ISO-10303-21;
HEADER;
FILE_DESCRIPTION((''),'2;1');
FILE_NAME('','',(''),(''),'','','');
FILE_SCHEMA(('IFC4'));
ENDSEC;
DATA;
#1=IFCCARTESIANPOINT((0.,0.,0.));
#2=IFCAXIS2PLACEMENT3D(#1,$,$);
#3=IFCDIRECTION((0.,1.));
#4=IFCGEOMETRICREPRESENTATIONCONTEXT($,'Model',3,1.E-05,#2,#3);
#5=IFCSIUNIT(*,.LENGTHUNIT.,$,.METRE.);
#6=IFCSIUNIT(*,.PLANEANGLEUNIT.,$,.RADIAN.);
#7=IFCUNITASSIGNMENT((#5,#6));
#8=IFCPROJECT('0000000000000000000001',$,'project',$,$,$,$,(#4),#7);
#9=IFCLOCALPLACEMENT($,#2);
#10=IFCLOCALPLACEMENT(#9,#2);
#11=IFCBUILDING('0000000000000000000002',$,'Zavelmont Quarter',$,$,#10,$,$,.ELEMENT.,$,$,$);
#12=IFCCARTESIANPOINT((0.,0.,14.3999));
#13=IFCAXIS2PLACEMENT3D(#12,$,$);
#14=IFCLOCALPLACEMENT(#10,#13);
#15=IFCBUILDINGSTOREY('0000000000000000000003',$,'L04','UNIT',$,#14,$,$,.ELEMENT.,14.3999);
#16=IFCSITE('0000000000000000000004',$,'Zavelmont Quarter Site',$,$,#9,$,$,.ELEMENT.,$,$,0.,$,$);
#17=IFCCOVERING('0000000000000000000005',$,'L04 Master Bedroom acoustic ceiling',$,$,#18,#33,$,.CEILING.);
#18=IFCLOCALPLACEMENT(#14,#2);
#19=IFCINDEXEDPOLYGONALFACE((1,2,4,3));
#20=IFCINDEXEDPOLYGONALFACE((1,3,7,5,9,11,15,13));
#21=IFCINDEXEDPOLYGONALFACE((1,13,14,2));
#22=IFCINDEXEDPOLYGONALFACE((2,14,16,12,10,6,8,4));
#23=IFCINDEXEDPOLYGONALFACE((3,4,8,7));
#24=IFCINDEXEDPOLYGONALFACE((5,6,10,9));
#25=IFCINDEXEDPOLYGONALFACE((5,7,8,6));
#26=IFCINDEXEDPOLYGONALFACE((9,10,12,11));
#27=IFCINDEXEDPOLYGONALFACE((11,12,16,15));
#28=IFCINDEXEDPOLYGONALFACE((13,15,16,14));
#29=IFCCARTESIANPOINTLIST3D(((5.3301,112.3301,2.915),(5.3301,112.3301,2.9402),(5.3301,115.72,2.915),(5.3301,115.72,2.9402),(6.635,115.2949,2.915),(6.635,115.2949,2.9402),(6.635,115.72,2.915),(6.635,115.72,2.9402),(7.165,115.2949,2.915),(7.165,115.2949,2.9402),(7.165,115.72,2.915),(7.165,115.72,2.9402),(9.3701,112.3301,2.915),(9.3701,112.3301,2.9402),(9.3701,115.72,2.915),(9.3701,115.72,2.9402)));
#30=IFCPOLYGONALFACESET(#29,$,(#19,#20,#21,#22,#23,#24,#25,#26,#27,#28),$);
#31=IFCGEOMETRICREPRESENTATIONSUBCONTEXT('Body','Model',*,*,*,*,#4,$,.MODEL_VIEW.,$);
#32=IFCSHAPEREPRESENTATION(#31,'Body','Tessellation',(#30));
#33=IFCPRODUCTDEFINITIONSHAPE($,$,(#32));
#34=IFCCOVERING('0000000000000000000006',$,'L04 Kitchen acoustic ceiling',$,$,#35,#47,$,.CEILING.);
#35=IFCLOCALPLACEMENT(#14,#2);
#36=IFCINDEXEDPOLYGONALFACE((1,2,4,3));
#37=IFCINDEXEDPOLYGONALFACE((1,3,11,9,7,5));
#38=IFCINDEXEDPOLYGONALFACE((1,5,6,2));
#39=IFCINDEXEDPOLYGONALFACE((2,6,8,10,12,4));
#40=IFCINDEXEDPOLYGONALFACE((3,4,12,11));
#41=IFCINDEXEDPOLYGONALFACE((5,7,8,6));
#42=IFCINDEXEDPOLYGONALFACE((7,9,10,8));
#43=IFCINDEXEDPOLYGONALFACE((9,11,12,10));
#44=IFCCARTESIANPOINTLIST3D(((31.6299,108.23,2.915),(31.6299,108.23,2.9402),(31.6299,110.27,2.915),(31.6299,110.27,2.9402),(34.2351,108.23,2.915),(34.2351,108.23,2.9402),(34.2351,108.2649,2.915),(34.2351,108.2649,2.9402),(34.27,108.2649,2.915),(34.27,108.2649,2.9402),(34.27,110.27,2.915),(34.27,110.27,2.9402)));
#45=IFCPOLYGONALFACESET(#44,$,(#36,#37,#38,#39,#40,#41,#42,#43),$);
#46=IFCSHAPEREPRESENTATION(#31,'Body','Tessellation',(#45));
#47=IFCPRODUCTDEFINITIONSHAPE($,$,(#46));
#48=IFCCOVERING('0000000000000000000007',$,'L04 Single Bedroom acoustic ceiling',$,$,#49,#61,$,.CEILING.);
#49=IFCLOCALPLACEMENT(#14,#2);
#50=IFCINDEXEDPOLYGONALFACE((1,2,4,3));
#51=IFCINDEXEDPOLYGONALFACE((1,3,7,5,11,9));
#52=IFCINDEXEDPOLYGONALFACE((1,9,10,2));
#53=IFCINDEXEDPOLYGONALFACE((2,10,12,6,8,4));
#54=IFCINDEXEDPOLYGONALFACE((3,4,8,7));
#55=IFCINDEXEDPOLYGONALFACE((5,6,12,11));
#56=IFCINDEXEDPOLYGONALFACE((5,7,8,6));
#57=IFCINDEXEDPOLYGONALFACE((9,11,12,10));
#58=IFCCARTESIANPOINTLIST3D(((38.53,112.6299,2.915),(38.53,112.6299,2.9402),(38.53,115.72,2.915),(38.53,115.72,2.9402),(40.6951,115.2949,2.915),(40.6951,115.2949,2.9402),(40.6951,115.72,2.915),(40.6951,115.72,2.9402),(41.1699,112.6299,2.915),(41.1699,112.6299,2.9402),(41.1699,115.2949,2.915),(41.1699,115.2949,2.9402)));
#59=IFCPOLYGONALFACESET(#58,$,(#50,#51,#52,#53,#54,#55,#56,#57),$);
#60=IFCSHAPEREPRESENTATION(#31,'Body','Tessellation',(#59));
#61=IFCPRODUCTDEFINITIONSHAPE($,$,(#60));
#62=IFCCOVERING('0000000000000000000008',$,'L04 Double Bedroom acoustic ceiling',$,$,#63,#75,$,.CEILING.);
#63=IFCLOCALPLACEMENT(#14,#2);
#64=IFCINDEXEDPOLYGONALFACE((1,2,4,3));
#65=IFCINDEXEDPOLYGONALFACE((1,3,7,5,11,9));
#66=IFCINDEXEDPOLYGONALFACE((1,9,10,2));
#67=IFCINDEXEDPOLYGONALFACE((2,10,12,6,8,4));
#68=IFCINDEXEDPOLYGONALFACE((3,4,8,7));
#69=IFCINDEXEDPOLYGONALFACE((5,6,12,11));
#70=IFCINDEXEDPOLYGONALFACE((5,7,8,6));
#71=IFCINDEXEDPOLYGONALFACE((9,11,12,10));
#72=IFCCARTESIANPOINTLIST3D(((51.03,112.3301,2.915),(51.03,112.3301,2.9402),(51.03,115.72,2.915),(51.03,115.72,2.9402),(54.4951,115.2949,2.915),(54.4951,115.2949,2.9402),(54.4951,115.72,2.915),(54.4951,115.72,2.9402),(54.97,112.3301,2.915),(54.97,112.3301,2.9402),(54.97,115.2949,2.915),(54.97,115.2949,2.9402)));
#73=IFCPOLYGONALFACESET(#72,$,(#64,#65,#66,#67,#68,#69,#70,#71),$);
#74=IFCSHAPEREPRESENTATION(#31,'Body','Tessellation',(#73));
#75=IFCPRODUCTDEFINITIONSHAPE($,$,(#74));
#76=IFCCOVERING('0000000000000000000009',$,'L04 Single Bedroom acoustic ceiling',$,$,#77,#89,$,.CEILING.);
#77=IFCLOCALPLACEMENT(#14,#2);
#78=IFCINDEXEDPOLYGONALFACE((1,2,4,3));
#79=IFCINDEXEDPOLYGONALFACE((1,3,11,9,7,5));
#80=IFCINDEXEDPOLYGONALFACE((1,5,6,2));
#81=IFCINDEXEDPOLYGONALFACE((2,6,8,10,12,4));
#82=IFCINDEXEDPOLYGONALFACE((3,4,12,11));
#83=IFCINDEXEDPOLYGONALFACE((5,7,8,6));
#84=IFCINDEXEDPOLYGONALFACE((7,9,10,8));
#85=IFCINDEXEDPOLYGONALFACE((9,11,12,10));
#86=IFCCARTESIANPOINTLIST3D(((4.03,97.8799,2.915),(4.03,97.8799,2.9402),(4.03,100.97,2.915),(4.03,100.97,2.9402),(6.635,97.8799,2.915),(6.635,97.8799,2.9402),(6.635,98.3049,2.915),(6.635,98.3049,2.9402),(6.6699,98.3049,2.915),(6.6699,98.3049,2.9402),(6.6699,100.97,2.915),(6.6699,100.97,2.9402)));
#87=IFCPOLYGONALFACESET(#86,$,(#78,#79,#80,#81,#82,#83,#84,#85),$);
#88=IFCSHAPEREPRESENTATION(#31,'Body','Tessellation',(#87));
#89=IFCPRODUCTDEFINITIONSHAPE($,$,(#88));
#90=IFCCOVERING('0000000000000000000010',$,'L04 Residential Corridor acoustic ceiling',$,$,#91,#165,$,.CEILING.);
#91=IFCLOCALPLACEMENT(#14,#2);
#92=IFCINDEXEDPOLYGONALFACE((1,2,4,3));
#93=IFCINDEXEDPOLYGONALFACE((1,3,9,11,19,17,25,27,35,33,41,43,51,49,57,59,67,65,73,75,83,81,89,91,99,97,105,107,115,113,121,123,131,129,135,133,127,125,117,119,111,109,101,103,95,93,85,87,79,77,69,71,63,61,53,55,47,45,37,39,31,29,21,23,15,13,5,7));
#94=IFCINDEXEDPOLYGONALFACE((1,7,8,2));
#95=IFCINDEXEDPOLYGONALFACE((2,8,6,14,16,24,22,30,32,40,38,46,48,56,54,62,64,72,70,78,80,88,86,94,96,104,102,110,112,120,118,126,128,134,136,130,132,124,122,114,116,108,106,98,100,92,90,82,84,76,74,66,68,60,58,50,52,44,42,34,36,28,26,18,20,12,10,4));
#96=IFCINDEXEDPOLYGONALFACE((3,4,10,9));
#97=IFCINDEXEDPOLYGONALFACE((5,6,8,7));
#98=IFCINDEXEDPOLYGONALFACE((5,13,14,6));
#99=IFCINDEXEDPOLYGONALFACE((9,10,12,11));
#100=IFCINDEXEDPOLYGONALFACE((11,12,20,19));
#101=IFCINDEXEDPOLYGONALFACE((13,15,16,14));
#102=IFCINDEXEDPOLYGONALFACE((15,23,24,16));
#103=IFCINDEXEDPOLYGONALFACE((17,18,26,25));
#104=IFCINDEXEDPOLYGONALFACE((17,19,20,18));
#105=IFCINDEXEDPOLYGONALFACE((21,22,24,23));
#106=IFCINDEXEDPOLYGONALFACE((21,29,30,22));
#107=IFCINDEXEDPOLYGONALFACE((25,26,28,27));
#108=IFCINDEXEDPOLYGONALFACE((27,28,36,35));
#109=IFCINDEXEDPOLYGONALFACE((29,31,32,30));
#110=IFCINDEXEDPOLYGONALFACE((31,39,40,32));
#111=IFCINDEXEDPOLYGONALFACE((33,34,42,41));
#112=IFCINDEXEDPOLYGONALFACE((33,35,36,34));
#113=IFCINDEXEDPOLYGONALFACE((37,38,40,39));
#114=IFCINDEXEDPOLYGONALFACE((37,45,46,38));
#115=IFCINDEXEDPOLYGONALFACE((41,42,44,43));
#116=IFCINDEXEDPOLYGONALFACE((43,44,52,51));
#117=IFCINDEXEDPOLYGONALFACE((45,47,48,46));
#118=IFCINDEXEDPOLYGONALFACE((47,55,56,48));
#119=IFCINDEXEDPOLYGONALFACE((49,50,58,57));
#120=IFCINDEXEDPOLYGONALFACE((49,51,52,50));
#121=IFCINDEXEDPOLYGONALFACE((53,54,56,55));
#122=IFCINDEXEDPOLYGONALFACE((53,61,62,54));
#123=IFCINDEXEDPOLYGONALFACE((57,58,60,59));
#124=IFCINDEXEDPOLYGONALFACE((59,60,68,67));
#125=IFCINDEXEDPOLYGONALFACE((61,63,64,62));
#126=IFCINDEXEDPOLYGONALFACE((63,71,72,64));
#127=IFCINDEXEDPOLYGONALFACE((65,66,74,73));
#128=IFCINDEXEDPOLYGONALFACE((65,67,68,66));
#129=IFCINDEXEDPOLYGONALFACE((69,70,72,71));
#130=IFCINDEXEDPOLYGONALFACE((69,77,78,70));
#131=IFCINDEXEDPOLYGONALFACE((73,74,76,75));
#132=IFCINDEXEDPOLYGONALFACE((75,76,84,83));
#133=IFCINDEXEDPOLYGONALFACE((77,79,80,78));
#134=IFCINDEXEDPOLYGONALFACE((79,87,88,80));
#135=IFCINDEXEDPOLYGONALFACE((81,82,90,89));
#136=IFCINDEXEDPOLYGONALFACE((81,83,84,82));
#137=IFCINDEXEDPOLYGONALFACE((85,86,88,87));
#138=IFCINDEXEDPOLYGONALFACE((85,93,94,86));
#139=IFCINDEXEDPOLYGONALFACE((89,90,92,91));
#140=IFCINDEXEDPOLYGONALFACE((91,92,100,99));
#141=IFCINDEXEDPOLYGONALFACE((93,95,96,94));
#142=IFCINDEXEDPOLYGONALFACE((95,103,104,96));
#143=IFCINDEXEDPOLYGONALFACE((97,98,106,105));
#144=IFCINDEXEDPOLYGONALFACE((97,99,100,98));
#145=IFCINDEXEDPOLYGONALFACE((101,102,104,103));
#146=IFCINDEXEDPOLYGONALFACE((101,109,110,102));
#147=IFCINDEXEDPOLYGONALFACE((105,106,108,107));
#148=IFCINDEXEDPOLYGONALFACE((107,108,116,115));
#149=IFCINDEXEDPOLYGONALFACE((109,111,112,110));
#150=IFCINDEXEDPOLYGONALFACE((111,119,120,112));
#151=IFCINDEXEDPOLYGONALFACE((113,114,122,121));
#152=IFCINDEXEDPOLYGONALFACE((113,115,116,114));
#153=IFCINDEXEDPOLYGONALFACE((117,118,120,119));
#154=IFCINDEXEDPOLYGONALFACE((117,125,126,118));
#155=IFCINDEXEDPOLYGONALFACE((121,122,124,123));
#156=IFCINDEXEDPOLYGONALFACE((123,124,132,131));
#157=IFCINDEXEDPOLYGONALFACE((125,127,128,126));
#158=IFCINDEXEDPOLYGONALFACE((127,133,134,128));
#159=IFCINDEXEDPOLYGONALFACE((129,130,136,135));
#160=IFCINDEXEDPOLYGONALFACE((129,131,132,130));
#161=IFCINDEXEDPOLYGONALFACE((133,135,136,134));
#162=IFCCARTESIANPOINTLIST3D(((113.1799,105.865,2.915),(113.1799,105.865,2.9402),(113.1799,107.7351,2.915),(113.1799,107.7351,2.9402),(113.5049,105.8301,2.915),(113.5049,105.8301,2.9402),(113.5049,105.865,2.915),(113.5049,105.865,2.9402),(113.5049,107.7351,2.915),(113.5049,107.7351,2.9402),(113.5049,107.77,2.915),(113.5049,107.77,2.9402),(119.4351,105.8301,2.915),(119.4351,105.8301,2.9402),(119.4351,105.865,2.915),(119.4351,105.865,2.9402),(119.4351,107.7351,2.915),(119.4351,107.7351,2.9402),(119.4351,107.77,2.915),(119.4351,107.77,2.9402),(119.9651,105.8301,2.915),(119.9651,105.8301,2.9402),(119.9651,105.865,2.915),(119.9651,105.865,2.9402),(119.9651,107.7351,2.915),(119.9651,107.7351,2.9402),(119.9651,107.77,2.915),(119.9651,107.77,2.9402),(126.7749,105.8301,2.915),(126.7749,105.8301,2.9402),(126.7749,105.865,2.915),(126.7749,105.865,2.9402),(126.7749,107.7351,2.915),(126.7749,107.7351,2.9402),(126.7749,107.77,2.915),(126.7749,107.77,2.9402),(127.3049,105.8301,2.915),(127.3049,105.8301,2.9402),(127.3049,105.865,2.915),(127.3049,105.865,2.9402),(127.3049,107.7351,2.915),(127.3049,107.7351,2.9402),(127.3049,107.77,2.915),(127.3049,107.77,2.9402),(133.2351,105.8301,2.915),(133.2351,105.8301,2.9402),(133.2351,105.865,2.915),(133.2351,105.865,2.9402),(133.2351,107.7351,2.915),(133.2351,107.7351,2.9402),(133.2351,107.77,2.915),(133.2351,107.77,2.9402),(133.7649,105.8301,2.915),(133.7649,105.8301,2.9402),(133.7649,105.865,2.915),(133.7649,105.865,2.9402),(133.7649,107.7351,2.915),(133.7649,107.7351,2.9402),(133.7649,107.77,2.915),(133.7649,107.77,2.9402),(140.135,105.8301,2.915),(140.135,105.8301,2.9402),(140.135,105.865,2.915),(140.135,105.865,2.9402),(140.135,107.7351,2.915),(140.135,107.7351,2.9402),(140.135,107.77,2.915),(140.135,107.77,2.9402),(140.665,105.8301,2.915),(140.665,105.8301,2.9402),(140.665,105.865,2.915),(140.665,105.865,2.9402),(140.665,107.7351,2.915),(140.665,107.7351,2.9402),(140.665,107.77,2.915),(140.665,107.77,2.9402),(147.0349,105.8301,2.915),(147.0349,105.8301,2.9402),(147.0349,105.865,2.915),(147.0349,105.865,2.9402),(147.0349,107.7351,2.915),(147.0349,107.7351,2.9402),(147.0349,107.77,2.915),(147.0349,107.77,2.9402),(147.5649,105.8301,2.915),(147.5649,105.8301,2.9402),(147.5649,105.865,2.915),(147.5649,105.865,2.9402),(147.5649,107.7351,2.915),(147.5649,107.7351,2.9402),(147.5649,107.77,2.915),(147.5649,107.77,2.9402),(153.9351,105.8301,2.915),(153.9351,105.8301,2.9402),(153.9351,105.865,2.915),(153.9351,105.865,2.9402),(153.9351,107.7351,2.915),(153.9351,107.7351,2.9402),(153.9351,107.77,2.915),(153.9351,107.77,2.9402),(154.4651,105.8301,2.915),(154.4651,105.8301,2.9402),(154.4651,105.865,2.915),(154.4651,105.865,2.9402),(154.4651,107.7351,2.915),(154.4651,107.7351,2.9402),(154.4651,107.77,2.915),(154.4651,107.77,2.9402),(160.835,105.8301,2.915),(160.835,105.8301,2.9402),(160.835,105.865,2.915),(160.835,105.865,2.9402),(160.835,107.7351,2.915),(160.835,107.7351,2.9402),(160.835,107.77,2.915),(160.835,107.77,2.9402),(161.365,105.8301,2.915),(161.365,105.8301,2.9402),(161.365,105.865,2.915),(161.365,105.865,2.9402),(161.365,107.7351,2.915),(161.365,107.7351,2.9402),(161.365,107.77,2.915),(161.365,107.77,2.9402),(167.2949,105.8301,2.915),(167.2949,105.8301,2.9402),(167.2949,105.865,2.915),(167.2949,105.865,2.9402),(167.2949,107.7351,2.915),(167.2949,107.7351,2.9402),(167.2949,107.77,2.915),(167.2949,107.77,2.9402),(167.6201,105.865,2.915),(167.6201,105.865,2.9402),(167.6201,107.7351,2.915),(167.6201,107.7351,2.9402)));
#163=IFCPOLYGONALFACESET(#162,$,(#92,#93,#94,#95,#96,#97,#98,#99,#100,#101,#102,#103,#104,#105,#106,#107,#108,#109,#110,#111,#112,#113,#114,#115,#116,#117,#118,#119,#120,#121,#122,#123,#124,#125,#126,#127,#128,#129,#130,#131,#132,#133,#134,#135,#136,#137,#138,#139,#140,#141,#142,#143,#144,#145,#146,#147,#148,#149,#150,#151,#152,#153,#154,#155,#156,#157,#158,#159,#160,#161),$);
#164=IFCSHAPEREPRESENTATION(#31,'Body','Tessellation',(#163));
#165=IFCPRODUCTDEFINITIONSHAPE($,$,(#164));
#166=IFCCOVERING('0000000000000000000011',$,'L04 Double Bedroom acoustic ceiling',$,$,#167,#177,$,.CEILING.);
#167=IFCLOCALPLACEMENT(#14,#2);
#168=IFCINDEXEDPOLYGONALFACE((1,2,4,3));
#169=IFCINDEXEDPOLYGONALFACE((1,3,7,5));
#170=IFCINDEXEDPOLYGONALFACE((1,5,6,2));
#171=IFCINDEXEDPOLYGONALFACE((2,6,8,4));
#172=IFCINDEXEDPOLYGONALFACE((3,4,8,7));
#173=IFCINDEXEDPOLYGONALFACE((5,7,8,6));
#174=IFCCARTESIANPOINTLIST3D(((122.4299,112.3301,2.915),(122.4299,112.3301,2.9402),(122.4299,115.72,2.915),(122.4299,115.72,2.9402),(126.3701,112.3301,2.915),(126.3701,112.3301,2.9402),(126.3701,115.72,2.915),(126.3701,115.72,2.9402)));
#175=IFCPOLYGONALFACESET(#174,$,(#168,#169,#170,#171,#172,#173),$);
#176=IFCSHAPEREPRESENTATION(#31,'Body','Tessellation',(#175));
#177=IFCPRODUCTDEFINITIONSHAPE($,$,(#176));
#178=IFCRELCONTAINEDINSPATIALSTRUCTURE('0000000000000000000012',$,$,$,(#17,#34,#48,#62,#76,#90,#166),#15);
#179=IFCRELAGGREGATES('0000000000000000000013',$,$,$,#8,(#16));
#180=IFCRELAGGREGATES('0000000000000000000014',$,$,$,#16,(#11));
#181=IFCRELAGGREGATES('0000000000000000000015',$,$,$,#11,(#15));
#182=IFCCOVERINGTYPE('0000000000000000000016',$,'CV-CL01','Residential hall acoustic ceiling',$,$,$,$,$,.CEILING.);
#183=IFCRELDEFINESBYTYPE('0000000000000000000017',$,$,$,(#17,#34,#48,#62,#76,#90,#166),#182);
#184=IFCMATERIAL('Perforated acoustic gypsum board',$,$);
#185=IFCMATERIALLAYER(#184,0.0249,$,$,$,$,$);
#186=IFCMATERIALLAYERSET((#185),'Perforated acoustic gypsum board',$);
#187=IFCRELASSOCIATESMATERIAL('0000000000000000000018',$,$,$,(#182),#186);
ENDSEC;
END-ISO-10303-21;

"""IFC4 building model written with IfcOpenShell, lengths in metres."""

from ifc_helpers import new_model, si_unit, direction, frame, origin, place, context, subcontext, project, spatial, polyline, outline, extrude, material, layer, layer_set, type_object, element, save


model = new_model("IFC4")

# Units and contexts
model_context = context("Model", 3, precision=1e-05, world=origin(), true_north=direction((0.0, 1.0)))
body_context = subcontext(model_context, "Body", "Model", "MODEL_VIEW")
ifc_project = project(units=[si_unit("LENGTHUNIT", "METRE"), si_unit("PLANEANGLEUNIT", "RADIAN")], contexts=[model_context])

# Site, building, storey
site_placement = place(None, origin())
site = spatial("IfcSite", under=ifc_project, at=site_placement, Name="Zavelmont Quarter Site", CompositionType="ELEMENT", RefElevation=0.0)
building_placement = place(site_placement, origin())
building = spatial("IfcBuilding", under=site, at=building_placement, Name="Zavelmont Quarter", CompositionType="ELEMENT")
storey_placement = place(building_placement, frame((0.0, 0.0, 14.3999)))
storey = spatial("IfcBuildingStorey", under=building, at=storey_placement, Name="L04", Description="UNIT", CompositionType="ELEMENT", Elevation=14.3999)

# Coverings
ifc_material_1 = material(Name="Perforated acoustic gypsum board")
ifc_layer_1 = layer(ifc_material_1, 0.0249)
ifc_layer_set_1 = layer_set([ifc_layer_1], Name="Perforated acoustic gypsum board")
covering_type_1 = type_object("IfcCoveringType", Name="CV-CL01", Description="Residential hall acoustic ceiling", PredefinedType="CEILING", material=ifc_layer_set_1)
covering_1_placement = place(storey_placement, frame((0.0, 0.0, 2.915)))
element("IfcCovering", 1, at=covering_1_placement, inside=storey, type_object=covering_type_1, Name="L04 Master Bedroom acoustic ceiling", PredefinedType="CEILING", context=body_context, shape_type="SweptSolid", body=[
    extrude(outline(polyline([(5.3301, 115.72), (6.635, 115.72), (6.635, 115.2949), (7.165, 115.2949), (7.165, 115.72), (9.3701, 115.72), (9.3701, 112.3301), (5.3301, 112.3301), (5.3301, 115.72)])), origin(), (0.0, 0.0, 1.0), 0.0251),
])
covering_2_placement = place(storey_placement, frame((0.0, 0.0, 2.915)))
element("IfcCovering", 2, at=covering_2_placement, inside=storey, type_object=covering_type_1, Name="L04 Kitchen acoustic ceiling", PredefinedType="CEILING", context=body_context, shape_type="SweptSolid", body=[
    extrude(outline(polyline([(31.6299, 110.27), (34.27, 110.27), (34.27, 108.2649), (34.2351, 108.2649), (34.2351, 108.23), (31.6299, 108.23), (31.6299, 110.27)])), origin(), (0.0, 0.0, 1.0), 0.0251),
])
covering_3_placement = place(storey_placement, frame((0.0, 0.0, 2.915)))
element("IfcCovering", 3, at=covering_3_placement, inside=storey, type_object=covering_type_1, Name="L04 Single Bedroom acoustic ceiling", PredefinedType="CEILING", context=body_context, shape_type="SweptSolid", body=[
    extrude(outline(polyline([(38.53, 115.72), (40.6951, 115.72), (40.6951, 115.2949), (41.1699, 115.2949), (41.1699, 112.6299), (38.53, 112.6299), (38.53, 115.72)])), origin(), (0.0, 0.0, 1.0), 0.0251),
])
covering_4_placement = place(storey_placement, frame((0.0, 0.0, 2.915)))
element("IfcCovering", 4, at=covering_4_placement, inside=storey, type_object=covering_type_1, Name="L04 Double Bedroom acoustic ceiling", PredefinedType="CEILING", context=body_context, shape_type="SweptSolid", body=[
    extrude(outline(polyline([(51.03, 115.72), (54.4951, 115.72), (54.4951, 115.2949), (54.97, 115.2949), (54.97, 112.3301), (51.03, 112.3301), (51.03, 115.72)])), origin(), (0.0, 0.0, 1.0), 0.0251),
])
covering_5_placement = place(storey_placement, frame((0.0, 0.0, 2.915)))
element("IfcCovering", 5, at=covering_5_placement, inside=storey, type_object=covering_type_1, Name="L04 Single Bedroom acoustic ceiling", PredefinedType="CEILING", context=body_context, shape_type="SweptSolid", body=[
    extrude(outline(polyline([(4.03, 100.97), (6.6699, 100.97), (6.6699, 98.3049), (6.635, 98.3049), (6.635, 97.8799), (4.03, 97.8799), (4.03, 100.97)])), origin(), (0.0, 0.0, 1.0), 0.0251),
])
covering_6_placement = place(storey_placement, frame((0.0, 0.0, 2.915)))
element("IfcCovering", 6, at=covering_6_placement, inside=storey, type_object=covering_type_1, Name="L04 Residential Corridor acoustic ceiling", PredefinedType="CEILING", context=body_context, shape_type="SweptSolid", body=[
    extrude(outline(polyline([(113.1799, 107.7351), (113.5049, 107.7351), (113.5049, 107.77), (119.4351, 107.77), (119.4351, 107.7351), (119.9651, 107.7351), (119.9651, 107.77), (126.7749, 107.77), (126.7749, 107.7351), (127.3049, 107.7351), (127.3049, 107.77), (133.2351, 107.77), (133.2351, 107.7351), (133.7649, 107.7351), (133.7649, 107.77), (140.135, 107.77), (140.135, 107.7351), (140.665, 107.7351), (140.665, 107.77), (147.0349, 107.77), (147.0349, 107.7351), (147.5649, 107.7351), (147.5649, 107.77), (153.9351, 107.77), (153.9351, 107.7351), (154.4651, 107.7351), (154.4651, 107.77), (160.835, 107.77), (160.835, 107.7351), (161.365, 107.7351), (161.365, 107.77), (167.2949, 107.77), (167.2949, 107.7351), (167.6201, 107.7351), (167.6201, 105.865), (167.2949, 105.865), (167.2949, 105.8301), (161.365, 105.8301), (161.365, 105.865), (160.835, 105.865), (160.835, 105.8301), (154.4651, 105.8301), (154.4651, 105.865), (153.9351, 105.865), (153.9351, 105.8301), (147.5649, 105.8301), (147.5649, 105.865), (147.0349, 105.865), (147.0349, 105.8301), (140.665, 105.8301), (140.665, 105.865), (140.135, 105.865), (140.135, 105.8301), (133.7649, 105.8301), (133.7649, 105.865), (133.2351, 105.865), (133.2351, 105.8301), (127.3049, 105.8301), (127.3049, 105.865), (126.7749, 105.865), (126.7749, 105.8301), (119.9651, 105.8301), (119.9651, 105.865), (119.4351, 105.865), (119.4351, 105.8301), (113.5049, 105.8301), (113.5049, 105.865), (113.1799, 105.865), (113.1799, 107.7351)])), origin(), (0.0, 0.0, 1.0), 0.0251),
])
covering_7_placement = place(storey_placement, frame((0.0, 0.0, 2.915)))
element("IfcCovering", 7, at=covering_7_placement, inside=storey, type_object=covering_type_1, Name="L04 Double Bedroom acoustic ceiling", PredefinedType="CEILING", context=body_context, shape_type="SweptSolid", body=[
    extrude(outline(polyline([(122.4299, 115.72), (126.3701, 115.72), (126.3701, 112.3301), (122.4299, 112.3301), (122.4299, 115.72)])), origin(), (0.0, 0.0, 1.0), 0.0251),
])

save(model, "model.ifc")
